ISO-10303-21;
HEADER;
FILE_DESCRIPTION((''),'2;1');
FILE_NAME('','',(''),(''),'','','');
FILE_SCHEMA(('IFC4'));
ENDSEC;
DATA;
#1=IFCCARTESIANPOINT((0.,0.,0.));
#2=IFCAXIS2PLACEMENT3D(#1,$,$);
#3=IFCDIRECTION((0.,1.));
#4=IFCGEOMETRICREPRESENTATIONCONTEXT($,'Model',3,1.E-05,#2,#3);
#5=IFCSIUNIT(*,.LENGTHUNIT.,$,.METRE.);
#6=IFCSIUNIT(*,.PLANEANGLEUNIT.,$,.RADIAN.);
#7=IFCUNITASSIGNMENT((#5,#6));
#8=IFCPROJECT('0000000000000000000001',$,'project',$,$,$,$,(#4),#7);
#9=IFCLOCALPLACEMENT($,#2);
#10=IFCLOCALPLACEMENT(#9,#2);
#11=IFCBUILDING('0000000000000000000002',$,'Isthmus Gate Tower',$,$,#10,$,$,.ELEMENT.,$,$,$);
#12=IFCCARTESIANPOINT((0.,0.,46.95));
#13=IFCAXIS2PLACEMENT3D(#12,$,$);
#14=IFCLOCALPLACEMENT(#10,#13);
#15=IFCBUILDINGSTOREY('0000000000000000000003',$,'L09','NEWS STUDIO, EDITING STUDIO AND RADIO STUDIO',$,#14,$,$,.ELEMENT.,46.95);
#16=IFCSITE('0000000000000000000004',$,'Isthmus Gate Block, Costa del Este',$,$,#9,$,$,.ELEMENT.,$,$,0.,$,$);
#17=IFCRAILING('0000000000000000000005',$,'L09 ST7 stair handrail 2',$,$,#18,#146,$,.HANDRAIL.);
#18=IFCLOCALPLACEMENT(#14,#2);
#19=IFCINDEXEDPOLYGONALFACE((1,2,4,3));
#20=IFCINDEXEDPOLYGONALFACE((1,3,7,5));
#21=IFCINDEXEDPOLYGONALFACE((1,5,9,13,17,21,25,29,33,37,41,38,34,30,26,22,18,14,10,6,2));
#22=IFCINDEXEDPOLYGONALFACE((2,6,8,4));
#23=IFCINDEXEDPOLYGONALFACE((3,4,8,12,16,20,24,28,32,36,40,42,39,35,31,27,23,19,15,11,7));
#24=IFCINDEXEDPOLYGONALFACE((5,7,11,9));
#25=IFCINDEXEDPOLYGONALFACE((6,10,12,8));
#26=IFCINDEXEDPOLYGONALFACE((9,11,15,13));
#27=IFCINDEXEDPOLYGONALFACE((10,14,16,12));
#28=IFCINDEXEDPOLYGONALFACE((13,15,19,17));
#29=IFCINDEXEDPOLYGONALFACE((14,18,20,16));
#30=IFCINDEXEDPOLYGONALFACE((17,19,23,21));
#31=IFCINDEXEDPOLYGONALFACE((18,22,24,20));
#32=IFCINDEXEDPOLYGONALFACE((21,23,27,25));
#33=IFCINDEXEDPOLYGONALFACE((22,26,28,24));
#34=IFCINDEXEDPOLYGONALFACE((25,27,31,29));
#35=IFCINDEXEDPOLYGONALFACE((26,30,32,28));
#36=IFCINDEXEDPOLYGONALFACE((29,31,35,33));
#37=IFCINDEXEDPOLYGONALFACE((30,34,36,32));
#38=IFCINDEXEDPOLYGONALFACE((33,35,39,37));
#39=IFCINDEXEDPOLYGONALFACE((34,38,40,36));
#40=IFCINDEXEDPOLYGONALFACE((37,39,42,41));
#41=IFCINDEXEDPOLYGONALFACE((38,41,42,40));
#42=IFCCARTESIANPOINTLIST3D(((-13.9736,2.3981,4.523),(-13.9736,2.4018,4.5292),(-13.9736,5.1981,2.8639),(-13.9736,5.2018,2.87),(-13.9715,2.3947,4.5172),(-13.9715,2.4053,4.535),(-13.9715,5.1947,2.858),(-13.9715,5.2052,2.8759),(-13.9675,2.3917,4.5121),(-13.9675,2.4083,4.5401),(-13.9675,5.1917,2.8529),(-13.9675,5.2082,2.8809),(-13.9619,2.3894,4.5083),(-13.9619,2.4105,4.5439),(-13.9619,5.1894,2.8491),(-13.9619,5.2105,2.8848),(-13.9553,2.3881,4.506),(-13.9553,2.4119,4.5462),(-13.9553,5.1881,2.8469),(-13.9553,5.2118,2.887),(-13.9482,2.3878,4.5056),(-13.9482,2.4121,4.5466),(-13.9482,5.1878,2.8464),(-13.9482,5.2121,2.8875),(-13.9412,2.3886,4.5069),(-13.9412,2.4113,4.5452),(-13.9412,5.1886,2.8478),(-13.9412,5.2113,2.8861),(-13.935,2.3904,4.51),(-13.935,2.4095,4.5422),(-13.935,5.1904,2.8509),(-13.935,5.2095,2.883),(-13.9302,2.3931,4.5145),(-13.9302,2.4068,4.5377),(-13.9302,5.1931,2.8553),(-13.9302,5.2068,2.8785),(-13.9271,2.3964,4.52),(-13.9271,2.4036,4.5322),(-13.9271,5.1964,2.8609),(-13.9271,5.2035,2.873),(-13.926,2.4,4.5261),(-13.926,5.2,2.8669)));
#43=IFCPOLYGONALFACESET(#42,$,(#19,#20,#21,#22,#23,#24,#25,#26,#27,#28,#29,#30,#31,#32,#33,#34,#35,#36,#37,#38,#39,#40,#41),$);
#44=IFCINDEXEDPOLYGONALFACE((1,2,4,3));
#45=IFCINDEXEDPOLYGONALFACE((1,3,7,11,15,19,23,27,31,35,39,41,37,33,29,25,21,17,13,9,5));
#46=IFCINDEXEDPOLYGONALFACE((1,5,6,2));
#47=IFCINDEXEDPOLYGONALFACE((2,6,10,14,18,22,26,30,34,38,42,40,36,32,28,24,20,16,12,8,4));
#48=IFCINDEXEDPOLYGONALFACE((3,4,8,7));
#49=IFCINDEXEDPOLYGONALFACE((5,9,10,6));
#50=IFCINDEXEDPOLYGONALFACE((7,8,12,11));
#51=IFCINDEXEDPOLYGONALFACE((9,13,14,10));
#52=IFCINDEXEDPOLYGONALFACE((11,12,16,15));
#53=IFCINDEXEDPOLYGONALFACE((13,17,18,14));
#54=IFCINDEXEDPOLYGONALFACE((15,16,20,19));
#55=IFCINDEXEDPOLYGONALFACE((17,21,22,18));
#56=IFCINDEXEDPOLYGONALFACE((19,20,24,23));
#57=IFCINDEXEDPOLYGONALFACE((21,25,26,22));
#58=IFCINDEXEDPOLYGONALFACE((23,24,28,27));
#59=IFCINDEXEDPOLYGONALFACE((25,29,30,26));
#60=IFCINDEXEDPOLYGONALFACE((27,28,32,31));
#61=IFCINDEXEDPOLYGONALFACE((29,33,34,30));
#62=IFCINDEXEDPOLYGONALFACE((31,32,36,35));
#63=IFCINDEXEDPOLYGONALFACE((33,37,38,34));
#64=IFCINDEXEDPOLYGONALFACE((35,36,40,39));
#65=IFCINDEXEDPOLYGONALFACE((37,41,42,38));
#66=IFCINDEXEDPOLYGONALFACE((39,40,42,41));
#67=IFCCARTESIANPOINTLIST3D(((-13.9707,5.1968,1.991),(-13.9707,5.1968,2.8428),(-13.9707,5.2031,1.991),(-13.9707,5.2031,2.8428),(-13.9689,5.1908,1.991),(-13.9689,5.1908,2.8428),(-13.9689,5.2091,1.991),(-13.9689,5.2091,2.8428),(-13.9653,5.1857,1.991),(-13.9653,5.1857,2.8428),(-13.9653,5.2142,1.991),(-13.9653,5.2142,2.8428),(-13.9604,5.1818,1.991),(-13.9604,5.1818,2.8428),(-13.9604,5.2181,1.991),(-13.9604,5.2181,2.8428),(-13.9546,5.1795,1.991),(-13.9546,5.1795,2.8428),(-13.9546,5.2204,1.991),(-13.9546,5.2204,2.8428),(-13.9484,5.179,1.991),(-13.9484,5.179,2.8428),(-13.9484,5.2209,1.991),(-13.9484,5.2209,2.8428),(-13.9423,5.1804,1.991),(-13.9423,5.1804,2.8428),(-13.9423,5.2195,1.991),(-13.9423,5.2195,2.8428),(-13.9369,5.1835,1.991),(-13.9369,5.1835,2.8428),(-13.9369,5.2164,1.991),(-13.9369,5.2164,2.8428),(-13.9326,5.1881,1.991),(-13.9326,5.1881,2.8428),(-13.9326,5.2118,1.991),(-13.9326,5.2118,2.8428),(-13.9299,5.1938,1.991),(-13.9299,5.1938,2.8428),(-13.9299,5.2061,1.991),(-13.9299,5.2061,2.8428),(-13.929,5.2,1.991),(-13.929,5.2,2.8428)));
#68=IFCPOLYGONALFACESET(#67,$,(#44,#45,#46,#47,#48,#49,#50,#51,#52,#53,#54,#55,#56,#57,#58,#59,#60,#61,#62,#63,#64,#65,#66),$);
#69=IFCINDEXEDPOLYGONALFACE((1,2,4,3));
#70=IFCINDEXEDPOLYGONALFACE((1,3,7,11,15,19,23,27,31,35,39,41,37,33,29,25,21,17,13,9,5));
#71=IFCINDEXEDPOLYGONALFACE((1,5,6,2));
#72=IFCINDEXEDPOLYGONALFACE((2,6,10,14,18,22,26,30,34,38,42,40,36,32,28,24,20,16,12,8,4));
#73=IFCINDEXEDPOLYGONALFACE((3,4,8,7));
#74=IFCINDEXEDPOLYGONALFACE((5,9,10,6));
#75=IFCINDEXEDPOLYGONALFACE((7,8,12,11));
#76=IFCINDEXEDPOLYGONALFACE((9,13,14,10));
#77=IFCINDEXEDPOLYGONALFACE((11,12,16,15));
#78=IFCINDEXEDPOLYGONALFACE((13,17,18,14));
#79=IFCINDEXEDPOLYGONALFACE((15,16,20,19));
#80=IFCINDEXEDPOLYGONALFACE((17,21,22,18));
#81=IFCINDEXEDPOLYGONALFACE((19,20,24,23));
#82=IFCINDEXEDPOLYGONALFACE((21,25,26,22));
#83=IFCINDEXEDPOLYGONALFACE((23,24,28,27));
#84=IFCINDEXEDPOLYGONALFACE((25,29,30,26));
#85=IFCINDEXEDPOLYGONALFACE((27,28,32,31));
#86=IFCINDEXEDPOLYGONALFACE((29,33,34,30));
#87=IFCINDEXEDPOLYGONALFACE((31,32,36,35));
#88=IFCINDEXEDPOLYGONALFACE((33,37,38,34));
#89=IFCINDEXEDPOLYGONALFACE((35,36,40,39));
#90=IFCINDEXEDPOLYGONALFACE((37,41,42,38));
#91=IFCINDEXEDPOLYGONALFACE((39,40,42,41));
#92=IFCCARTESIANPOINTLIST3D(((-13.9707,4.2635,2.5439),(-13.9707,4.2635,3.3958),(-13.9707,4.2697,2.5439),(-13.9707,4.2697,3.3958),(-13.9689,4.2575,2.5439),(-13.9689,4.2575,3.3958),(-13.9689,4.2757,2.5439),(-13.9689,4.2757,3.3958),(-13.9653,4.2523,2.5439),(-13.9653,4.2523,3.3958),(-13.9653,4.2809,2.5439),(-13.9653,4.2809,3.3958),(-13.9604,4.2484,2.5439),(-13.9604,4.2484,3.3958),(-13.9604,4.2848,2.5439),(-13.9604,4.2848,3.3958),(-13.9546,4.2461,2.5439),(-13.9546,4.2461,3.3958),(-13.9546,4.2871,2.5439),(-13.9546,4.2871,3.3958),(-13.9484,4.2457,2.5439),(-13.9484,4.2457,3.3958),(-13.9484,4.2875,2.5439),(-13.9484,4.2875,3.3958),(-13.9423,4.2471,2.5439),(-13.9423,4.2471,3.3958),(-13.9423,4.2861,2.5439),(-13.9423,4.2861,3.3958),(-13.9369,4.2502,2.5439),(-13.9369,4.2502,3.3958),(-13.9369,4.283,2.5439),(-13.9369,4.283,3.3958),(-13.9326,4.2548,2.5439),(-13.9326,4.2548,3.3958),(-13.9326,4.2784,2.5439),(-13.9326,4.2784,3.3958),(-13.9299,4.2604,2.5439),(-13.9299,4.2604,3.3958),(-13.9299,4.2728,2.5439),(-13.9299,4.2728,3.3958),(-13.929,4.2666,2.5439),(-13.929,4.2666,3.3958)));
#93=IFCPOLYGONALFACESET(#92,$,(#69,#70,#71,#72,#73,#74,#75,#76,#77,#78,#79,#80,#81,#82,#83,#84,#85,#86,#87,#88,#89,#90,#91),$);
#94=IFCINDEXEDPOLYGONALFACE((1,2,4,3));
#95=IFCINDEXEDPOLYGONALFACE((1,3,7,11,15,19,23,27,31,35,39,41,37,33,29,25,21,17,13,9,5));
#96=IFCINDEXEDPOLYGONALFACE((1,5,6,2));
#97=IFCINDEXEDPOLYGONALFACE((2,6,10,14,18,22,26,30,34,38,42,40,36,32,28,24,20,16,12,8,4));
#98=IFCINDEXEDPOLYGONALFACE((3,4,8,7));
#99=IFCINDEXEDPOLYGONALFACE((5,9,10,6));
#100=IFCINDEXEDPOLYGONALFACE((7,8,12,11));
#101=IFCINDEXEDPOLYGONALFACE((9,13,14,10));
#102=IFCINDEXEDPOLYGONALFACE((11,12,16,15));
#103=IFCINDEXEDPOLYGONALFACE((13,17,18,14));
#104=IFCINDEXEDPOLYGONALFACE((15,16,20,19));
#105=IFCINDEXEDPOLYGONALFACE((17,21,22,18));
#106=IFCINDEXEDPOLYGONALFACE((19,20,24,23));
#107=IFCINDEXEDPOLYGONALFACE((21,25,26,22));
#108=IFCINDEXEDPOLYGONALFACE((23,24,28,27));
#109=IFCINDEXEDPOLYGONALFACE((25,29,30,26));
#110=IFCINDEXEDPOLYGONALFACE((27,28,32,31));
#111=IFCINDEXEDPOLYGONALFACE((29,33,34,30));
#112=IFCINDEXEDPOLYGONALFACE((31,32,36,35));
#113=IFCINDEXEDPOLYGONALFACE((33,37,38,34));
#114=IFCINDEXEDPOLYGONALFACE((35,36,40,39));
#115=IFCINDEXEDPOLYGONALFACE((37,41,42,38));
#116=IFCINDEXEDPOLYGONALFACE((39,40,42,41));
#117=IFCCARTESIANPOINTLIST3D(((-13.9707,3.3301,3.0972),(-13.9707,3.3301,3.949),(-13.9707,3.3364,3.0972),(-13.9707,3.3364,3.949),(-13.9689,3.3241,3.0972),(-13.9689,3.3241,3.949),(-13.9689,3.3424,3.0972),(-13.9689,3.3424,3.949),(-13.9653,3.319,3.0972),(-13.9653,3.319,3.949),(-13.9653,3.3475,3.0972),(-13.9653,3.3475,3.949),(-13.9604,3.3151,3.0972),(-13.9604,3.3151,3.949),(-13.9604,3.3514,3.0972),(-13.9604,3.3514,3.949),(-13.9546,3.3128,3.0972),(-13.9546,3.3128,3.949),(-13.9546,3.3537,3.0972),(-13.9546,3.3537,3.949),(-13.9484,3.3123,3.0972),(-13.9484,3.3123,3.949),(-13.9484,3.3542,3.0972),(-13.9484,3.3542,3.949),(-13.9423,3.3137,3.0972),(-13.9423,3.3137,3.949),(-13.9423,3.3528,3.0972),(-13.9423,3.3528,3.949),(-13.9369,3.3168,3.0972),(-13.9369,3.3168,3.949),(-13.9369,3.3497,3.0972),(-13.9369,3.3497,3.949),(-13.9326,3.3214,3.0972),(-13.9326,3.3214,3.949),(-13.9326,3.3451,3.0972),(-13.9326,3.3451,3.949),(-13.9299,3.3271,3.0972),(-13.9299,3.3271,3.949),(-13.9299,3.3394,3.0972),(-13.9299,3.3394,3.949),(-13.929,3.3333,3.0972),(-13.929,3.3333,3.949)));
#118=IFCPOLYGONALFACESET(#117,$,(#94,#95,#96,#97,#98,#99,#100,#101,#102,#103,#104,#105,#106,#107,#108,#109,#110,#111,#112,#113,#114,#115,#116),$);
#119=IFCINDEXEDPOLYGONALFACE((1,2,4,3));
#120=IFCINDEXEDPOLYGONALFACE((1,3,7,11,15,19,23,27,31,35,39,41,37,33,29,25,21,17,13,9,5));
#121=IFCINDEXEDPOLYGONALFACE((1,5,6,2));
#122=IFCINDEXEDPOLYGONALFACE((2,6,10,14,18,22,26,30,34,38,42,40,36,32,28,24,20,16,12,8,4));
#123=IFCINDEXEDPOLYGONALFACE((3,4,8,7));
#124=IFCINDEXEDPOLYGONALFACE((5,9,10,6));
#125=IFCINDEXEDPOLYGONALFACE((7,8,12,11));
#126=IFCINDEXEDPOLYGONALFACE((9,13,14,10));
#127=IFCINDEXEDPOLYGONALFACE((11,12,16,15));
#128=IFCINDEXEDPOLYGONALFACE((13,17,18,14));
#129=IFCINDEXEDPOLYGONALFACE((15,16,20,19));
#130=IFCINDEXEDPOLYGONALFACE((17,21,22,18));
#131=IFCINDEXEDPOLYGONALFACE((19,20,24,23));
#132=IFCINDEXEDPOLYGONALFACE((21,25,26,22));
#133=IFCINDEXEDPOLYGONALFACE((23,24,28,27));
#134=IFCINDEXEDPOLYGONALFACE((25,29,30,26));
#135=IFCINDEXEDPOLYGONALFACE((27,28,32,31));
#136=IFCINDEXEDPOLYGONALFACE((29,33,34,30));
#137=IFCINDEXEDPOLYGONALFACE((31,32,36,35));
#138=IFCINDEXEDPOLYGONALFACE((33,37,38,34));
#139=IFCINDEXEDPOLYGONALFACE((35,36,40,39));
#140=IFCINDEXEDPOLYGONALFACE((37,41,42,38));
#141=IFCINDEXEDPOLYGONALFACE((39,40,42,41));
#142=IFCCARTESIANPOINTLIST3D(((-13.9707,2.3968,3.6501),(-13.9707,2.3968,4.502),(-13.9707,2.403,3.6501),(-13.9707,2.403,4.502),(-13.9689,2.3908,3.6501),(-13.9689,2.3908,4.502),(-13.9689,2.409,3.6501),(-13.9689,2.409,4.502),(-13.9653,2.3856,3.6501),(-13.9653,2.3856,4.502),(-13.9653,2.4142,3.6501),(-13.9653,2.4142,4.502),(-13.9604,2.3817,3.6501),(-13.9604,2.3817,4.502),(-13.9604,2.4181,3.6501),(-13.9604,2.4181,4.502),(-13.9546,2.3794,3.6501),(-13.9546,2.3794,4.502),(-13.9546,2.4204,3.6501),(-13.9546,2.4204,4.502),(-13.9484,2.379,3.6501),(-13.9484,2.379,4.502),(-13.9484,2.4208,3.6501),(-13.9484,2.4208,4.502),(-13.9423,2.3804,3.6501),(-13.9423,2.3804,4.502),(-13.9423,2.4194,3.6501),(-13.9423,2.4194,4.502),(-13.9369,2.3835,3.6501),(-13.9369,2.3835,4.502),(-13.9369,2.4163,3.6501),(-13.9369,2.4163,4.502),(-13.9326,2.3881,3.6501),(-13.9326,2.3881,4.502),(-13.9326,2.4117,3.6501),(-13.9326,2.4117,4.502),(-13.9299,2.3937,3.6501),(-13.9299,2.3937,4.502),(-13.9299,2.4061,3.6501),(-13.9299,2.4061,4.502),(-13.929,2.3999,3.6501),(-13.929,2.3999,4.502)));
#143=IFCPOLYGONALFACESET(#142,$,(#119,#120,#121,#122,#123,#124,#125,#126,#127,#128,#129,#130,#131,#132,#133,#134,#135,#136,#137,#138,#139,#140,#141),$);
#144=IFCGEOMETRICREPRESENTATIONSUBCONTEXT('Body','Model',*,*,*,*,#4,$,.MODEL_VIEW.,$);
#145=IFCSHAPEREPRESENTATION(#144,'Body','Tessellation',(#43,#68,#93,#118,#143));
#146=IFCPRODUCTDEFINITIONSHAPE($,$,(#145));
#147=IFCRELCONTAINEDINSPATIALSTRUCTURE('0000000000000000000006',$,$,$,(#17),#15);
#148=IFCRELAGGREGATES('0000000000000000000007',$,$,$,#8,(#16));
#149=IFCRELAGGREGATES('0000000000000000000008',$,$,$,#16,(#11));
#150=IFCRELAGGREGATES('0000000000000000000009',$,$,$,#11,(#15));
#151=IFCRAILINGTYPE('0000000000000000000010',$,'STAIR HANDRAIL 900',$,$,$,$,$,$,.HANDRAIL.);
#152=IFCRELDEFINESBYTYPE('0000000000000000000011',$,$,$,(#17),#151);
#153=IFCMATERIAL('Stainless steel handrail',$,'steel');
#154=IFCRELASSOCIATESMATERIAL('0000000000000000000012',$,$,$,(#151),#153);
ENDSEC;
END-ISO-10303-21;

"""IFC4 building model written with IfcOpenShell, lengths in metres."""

from ifc_helpers import new_model, si_unit, direction, frame, origin, origin_2d, place, context, subcontext, project, spatial, circle, extrude, material, type_object, element, save


model = new_model("IFC4")

# Units and contexts
model_context = context("Model", 3, precision=1e-05, world=origin(), true_north=direction((0.0, 1.0)))
body_context = subcontext(model_context, "Body", "Model", "MODEL_VIEW")
ifc_project = project(units=[si_unit("LENGTHUNIT", "METRE"), si_unit("PLANEANGLEUNIT", "RADIAN")], contexts=[model_context])

# Site, building, storey
site_placement = place(None, origin())
site = spatial("IfcSite", under=ifc_project, at=site_placement, Name="Isthmus Gate Block, Costa del Este", CompositionType="ELEMENT", RefElevation=0.0)
building_placement = place(site_placement, origin())
building = spatial("IfcBuilding", under=site, at=building_placement, Name="Isthmus Gate Tower", CompositionType="ELEMENT")
storey_placement = place(building_placement, frame((0.0, 0.0, 46.95)))
storey = spatial("IfcBuildingStorey", under=building, at=storey_placement, Name="L09", Description="NEWS STUDIO, EDITING STUDIO AND RADIO STUDIO", CompositionType="ELEMENT", Elevation=46.95)

# Railing
ifc_material_1 = material(Name="Stainless steel handrail", Category="steel")
railing_type_1 = type_object("IfcRailingType", Name="STAIR HANDRAIL 900", PredefinedType="HANDRAIL", material=ifc_material_1)
railing_1_placement = place(storey_placement, frame((-13.95, 5.2, 1.991)))
element("IfcRailing", 1, at=railing_1_placement, inside=storey, type_object=railing_type_1, Name="L09 ST7 stair handrail 2", PredefinedType="HANDRAIL", context=body_context, shape_type="SweptSolid", body=[
    extrude(circle(Radius=0.0239, at=origin_2d()), frame((0.0, 0.0, 0.876), z_axis=(0.0, -0.860306, 0.509778), x_axis=(1.0, 0.0, 0.0)), (0.0, 0.0, 1.0), 3.2546),
    extrude(circle(Radius=0.021, at=origin_2d()), origin(), (0.0, 0.0, 1.0), 0.8518),
    extrude(circle(Radius=0.021, at=origin_2d()), frame((0.0, -0.9333, 0.553)), (0.0, 0.0, 1.0), 0.8518),
    extrude(circle(Radius=0.021, at=origin_2d()), frame((0.0, -1.8667, 1.1062)), (0.0, 0.0, 1.0), 0.8518),
    extrude(circle(Radius=0.021, at=origin_2d()), frame((0.0, -2.8, 1.6592)), (0.0, 0.0, 1.0), 0.8518),
])

save(model, "model.ifc")
